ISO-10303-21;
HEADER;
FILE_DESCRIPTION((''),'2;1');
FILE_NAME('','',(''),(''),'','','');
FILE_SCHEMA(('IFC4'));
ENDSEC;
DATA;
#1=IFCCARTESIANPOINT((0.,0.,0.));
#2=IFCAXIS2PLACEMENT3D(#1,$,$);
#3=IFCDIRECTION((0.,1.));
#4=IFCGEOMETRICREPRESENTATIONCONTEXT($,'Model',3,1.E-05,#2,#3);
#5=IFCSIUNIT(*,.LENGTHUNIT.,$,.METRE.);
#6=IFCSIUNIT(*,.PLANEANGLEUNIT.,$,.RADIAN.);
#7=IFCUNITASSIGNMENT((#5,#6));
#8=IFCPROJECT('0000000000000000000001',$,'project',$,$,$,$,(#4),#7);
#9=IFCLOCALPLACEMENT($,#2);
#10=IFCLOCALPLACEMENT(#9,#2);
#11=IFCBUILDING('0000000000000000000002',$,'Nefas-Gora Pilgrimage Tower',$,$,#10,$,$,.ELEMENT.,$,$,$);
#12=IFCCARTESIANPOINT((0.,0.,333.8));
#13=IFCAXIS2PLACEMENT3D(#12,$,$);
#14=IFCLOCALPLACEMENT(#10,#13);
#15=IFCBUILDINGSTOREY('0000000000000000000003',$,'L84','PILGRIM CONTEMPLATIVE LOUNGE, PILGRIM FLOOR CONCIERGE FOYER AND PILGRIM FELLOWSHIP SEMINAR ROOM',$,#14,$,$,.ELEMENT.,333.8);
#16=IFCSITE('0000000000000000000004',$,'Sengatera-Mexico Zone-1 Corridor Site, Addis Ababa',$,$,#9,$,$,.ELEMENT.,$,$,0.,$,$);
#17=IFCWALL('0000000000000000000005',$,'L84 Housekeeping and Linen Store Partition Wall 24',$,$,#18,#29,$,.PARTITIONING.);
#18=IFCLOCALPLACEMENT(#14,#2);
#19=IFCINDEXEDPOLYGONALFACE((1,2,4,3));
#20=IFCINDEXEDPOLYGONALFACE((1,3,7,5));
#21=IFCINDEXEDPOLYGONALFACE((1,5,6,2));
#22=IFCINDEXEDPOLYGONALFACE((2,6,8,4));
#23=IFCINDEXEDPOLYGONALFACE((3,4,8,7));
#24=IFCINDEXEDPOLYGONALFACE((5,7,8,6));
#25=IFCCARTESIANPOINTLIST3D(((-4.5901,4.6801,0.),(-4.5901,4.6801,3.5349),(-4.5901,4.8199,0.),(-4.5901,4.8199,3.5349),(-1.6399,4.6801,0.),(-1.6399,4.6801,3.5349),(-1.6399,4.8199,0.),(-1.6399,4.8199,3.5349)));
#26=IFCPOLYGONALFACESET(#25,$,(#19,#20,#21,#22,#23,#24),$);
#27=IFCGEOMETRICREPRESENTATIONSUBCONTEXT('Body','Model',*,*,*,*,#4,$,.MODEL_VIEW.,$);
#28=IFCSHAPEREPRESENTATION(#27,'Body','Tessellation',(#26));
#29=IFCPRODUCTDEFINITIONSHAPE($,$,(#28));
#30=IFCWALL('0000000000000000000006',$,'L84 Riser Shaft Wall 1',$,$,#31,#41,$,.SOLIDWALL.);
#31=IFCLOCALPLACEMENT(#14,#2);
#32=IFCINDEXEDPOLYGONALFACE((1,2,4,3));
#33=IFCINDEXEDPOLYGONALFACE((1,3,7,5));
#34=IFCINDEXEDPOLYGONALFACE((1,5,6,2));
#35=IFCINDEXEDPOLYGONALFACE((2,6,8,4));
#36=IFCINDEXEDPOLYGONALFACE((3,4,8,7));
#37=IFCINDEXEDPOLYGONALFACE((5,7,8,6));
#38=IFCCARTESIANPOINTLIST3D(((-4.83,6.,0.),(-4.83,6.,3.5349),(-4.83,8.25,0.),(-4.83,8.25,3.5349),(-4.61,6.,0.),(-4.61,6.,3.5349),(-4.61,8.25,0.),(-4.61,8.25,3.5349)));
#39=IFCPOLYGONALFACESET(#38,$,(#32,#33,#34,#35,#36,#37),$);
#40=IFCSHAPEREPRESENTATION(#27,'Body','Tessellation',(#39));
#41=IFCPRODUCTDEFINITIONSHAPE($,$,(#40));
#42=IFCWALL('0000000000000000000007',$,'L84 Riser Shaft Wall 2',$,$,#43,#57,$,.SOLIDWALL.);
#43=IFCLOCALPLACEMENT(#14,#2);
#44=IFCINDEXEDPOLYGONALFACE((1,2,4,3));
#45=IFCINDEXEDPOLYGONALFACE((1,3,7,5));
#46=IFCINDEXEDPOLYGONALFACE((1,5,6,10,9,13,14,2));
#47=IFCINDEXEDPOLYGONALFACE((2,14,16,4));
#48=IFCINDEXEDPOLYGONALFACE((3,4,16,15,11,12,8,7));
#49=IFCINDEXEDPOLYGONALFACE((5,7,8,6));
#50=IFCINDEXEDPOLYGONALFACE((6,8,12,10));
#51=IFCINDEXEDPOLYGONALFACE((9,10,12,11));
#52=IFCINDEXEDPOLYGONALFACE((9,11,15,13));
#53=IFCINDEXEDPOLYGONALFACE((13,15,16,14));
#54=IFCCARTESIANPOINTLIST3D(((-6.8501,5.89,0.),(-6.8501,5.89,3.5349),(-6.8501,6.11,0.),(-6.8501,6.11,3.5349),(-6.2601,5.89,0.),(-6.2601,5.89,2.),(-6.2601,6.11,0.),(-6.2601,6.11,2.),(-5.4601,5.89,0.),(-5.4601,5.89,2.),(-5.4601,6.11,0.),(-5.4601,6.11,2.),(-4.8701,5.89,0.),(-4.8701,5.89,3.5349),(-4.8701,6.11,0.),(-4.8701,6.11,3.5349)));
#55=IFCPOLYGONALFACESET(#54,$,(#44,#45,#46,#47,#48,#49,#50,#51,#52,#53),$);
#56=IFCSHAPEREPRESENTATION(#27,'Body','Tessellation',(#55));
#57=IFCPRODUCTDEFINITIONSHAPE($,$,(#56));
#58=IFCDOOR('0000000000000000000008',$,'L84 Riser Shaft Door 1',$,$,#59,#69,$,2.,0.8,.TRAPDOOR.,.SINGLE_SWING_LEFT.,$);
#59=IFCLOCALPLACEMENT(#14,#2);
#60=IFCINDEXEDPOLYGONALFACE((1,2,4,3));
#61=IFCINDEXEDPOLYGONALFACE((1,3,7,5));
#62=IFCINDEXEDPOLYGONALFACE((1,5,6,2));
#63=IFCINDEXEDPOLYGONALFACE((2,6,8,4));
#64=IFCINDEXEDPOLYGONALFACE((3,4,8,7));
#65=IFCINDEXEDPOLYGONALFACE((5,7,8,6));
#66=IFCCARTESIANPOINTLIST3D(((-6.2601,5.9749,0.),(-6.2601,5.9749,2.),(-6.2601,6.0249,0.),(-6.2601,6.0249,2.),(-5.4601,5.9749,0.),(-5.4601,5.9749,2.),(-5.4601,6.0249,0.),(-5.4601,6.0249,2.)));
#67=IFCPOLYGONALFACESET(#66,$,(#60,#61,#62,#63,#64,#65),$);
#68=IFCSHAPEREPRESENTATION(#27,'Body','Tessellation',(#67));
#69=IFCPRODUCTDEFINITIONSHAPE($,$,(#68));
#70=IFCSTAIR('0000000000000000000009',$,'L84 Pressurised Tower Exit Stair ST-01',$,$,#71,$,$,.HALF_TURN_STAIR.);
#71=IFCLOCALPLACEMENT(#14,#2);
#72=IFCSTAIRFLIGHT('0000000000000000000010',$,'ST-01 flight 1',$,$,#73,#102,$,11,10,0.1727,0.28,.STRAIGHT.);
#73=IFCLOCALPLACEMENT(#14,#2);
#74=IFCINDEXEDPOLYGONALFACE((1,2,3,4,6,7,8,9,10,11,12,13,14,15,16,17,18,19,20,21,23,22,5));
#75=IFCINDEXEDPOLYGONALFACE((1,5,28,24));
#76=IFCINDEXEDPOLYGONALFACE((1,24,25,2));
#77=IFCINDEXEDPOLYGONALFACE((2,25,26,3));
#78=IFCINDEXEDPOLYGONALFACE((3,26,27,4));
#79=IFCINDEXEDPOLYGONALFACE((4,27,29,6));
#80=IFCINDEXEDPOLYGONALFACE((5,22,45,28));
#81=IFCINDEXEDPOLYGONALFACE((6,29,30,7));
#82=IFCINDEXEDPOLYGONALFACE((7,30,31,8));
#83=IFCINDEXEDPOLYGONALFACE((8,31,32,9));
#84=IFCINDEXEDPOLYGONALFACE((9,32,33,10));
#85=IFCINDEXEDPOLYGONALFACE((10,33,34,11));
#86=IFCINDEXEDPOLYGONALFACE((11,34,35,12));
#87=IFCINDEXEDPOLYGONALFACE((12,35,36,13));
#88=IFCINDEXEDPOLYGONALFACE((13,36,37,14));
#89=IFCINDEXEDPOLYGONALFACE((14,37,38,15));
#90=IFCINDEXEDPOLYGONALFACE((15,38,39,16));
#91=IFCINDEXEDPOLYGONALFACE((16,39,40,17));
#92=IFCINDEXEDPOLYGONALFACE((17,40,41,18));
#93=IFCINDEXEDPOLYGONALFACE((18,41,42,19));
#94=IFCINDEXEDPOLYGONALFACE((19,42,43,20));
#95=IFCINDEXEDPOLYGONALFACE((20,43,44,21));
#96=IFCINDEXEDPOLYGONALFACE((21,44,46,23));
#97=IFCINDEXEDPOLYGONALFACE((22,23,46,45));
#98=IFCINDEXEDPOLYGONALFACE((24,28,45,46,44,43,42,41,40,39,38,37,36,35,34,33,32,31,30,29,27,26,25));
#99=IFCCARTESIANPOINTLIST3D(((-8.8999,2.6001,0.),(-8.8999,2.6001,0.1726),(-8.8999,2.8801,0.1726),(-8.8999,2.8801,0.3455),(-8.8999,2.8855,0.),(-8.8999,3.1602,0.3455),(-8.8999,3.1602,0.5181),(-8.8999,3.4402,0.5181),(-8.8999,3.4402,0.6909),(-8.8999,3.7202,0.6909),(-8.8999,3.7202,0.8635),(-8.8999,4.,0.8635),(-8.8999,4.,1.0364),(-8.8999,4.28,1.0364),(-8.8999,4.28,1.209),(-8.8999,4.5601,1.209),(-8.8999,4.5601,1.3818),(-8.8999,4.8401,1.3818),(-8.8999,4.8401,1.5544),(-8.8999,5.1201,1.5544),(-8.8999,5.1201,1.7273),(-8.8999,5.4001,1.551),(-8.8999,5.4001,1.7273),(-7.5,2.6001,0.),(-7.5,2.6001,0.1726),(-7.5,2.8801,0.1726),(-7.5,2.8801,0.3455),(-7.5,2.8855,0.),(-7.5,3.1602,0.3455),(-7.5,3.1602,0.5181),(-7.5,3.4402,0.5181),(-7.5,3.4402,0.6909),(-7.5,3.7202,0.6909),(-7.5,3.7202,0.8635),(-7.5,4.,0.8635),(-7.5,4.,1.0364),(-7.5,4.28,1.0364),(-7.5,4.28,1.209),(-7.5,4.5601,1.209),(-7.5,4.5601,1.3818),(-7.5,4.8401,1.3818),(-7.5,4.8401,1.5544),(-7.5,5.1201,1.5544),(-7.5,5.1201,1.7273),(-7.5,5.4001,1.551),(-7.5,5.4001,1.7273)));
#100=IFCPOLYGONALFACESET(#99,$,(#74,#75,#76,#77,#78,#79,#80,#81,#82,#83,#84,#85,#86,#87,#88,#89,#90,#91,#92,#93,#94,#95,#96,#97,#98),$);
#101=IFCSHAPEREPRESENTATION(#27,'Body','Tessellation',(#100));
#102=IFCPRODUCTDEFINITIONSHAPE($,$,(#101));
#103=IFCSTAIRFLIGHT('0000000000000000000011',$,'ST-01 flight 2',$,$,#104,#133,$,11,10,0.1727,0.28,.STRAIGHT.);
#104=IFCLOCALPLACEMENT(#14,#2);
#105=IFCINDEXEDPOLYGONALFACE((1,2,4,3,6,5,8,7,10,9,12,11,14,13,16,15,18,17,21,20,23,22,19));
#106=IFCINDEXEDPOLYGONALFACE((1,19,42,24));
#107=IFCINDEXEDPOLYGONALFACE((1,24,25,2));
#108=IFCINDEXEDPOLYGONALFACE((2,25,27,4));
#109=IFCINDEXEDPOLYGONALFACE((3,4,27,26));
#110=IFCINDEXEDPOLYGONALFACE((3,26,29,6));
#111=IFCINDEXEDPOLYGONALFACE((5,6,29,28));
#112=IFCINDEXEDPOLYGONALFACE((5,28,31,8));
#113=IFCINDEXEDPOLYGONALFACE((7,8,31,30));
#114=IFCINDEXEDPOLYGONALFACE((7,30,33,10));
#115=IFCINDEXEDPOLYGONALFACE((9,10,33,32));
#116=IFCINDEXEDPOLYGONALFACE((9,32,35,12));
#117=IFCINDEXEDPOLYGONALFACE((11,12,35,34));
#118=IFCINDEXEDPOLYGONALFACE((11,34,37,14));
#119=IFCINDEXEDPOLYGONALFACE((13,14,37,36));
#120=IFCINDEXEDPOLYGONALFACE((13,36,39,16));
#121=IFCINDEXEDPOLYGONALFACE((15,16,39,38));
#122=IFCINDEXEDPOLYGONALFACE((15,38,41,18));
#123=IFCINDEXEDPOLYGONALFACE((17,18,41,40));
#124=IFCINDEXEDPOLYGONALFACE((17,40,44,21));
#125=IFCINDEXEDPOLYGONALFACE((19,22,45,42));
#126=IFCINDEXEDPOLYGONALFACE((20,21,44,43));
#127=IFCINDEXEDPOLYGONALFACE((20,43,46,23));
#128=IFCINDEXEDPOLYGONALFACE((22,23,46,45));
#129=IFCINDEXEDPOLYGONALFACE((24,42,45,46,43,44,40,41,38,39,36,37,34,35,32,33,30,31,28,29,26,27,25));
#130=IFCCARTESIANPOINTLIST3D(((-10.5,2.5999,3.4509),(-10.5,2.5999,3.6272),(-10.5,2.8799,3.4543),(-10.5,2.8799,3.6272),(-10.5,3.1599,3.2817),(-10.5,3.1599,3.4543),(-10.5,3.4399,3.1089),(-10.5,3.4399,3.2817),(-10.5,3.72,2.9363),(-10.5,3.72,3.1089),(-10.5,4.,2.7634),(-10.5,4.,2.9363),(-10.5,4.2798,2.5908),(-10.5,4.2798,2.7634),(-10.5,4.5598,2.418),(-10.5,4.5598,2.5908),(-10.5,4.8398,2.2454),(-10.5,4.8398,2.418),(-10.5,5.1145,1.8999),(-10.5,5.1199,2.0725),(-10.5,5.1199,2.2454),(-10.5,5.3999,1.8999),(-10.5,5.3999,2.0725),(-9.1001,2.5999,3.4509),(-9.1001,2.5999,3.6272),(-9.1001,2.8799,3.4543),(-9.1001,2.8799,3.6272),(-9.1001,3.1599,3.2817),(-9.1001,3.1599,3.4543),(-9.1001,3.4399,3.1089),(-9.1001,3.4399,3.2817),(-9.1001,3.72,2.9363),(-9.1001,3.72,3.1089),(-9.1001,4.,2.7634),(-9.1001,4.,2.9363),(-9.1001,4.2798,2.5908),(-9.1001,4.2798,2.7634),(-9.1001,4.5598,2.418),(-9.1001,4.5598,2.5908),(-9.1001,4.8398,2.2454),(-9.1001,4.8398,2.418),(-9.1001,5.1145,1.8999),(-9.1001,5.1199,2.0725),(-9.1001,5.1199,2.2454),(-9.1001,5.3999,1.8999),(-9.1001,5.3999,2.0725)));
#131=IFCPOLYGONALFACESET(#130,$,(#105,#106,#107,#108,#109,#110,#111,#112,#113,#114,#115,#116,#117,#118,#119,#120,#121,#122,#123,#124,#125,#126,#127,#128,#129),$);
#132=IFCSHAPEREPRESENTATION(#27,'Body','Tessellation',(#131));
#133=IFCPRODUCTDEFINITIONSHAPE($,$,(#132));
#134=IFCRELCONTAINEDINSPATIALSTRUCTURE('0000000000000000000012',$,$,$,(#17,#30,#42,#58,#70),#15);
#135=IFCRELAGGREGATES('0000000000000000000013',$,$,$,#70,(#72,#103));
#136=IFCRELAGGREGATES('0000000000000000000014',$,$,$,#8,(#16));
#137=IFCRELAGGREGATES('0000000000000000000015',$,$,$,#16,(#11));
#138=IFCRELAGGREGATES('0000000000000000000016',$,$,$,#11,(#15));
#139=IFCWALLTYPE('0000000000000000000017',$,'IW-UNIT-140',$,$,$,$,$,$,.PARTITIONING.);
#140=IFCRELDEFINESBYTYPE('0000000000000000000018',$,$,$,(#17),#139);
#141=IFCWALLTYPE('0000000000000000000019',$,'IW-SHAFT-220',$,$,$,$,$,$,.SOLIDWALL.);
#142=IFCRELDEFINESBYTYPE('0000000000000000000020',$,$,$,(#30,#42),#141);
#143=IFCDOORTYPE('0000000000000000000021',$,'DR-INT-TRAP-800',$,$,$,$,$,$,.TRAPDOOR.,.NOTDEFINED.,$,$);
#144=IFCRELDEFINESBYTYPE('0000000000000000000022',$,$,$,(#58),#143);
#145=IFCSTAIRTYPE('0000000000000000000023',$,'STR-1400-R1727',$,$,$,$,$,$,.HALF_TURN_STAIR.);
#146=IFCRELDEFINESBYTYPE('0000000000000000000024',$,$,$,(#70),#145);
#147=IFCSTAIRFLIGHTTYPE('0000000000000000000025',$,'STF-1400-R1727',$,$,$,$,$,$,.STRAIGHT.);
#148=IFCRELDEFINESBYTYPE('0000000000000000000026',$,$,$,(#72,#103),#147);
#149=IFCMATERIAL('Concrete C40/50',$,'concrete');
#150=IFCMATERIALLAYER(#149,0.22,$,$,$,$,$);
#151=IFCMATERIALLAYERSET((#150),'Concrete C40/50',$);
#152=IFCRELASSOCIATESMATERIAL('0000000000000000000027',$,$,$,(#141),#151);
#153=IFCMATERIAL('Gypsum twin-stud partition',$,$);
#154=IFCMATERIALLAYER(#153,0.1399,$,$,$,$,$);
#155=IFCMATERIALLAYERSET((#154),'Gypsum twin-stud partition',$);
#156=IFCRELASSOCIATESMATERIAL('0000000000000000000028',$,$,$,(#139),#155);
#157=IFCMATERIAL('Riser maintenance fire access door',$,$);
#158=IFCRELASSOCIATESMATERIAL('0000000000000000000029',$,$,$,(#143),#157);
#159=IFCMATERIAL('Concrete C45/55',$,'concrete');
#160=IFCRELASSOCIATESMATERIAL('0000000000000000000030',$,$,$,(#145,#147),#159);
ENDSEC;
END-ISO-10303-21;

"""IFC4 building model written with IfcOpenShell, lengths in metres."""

from ifc_helpers import new_model, si_unit, direction, frame, frame_2d, origin, place, context, subcontext, project, spatial, polyline, rectangle, outline, extrude, source, transform, mapped, material, layer, layer_set, type_object, element, fill, aggregate, save


model = new_model("IFC4")

# Units and contexts
model_context = context("Model", 3, precision=1e-05, world=origin(), true_north=direction((0.0, 1.0)))
body_context = subcontext(model_context, "Body", "Model", "MODEL_VIEW")
ifc_project = project(units=[si_unit("LENGTHUNIT", "METRE"), si_unit("PLANEANGLEUNIT", "RADIAN")], contexts=[model_context])

# Site, building, storey
site_placement = place(None, origin())
site = spatial("IfcSite", under=ifc_project, at=site_placement, Name="Sengatera-Mexico Zone-1 Corridor Site, Addis Ababa", CompositionType="ELEMENT", RefElevation=0.0)
building_placement = place(site_placement, origin())
building = spatial("IfcBuilding", under=site, at=building_placement, Name="Nefas-Gora Pilgrimage Tower", CompositionType="ELEMENT")
storey_placement = place(building_placement, frame((0.0, 0.0, 333.8)))
storey = spatial("IfcBuildingStorey", under=building, at=storey_placement, Name="L84", Description="PILGRIM CONTEMPLATIVE LOUNGE, PILGRIM FLOOR CONCIERGE FOYER AND PILGRIM FELLOWSHIP SEMINAR ROOM", CompositionType="ELEMENT", Elevation=333.8)

# Shared definitions
ifc_material_1 = material(Name="Concrete C45/55", Category="concrete")

# Shared definitions
ifc_material_2 = material(Name="Concrete C40/50", Category="concrete")
ifc_layer_1 = layer(ifc_material_2, 0.22)
ifc_layer_set_1 = layer_set([ifc_layer_1], Name="Concrete C40/50")
wall_type_1 = type_object("IfcWallType", Name="IW-SHAFT-220", PredefinedType="SOLIDWALL", material=ifc_layer_set_1)

# Walls
ifc_material_3 = material(Name="Gypsum twin-stud partition")
ifc_layer_2 = layer(ifc_material_3, 0.1399)
ifc_layer_set_2 = layer_set([ifc_layer_2], Name="Gypsum twin-stud partition")
wall_type_2 = type_object("IfcWallType", Name="IW-UNIT-140", PredefinedType="PARTITIONING", material=ifc_layer_set_2)
shared_shape_1 = source(origin(), body_context, "Body", "SweptSolid", [
    extrude(rectangle(XDim=2.9502, YDim=0.1399, at=frame_2d((1.4751, 0.0))), origin(), (0.0, 0.0, 1.0), 3.5349),
])
wall_1_placement = place(storey_placement, frame((-4.5901, 4.75, 0.0), z_axis=(0.0, 0.0, 1.0), x_axis=(1.0, 0.0, 0.0)))
element("IfcWall", 1, at=wall_1_placement, inside=storey, type_object=wall_type_2, Name="L84 Housekeeping and Linen Store Partition Wall 24", PredefinedType="PARTITIONING", context=body_context, shape_type="MappedRepresentation", body=[
    mapped(shared_shape_1, transform((0.0, 0.0, 0.0), x_axis=(1.0, 0.0, 0.0), y_axis=(0.0, 1.0, 0.0), z_axis=(0.0, 0.0, 1.0), scale=1.0)),
])
shared_shape_2 = source(origin(), body_context, "Body", "SweptSolid", [
    extrude(rectangle(XDim=2.25, YDim=0.22, at=frame_2d((1.125, 0.0))), origin(), (0.0, 0.0, 1.0), 3.5349),
])
wall_2_placement = place(storey_placement, frame((-4.72, 6.0, 0.0), z_axis=(0.0, 0.0, 1.0), x_axis=(0.0, 1.0, 0.0)))
element("IfcWall", 2, at=wall_2_placement, inside=storey, type_object=wall_type_1, Name="L84 Riser Shaft Wall 1", PredefinedType="SOLIDWALL", context=body_context, shape_type="MappedRepresentation", body=[
    mapped(shared_shape_2, transform((0.0, 0.0, 0.0), x_axis=(1.0, 0.0, 0.0), y_axis=(0.0, 1.0, 0.0), z_axis=(0.0, 0.0, 1.0), scale=1.0)),
])

# Wall, opening, door
shared_shape_3 = source(origin(), body_context, "Body", "SweptSolid", [
    extrude(rectangle(XDim=1.98, YDim=0.22, at=frame_2d((0.99, 0.0))), origin(), (0.0, 0.0, 1.0), 3.5349),
])
wall_3_placement = place(storey_placement, frame((-6.8501, 6.0, 0.0), z_axis=(0.0, 0.0, 1.0), x_axis=(1.0, 0.0, 0.0)))
wall_3 = element("IfcWall", 3, at=wall_3_placement, inside=storey, type_object=wall_type_1, Name="L84 Riser Shaft Wall 2", PredefinedType="SOLIDWALL", context=body_context, shape_type="MappedRepresentation", body=[
    mapped(shared_shape_3, transform((0.0, 0.0, 0.0), x_axis=(1.0, 0.0, 0.0), y_axis=(0.0, 1.0, 0.0), z_axis=(0.0, 0.0, 1.0), scale=1.0)),
])
opening_1_placement = place(wall_3_placement, frame((0.5901, 0.0, 0.0)))
opening_1 = element("IfcOpeningElement", 4, at=opening_1_placement, cuts=wall_3, PredefinedType="OPENING", context=body_context, shape_type="SweptSolid", body=[
    extrude(rectangle(XDim=0.8, YDim=2.0, at=frame_2d((0.3999, 1.0))), frame((0.0, 0.1199, 0.0), z_axis=(0.0, -1.0, 0.0), x_axis=(1.0, 0.0, 0.0)), (0.0, 0.0, 1.0), 0.24),
])
ifc_material_4 = material(Name="Riser maintenance fire access door")
door_type_1 = type_object("IfcDoorType", Name="DR-INT-TRAP-800", OperationType="NOTDEFINED", PredefinedType="TRAPDOOR", material=ifc_material_4)
shared_shape_4 = source(origin(), body_context, "Body", "SweptSolid", [
    extrude(rectangle(XDim=0.8, YDim=2.0, at=frame_2d((0.3999, 1.0))), frame((0.0, 0.0249, 0.0), z_axis=(0.0, -1.0, 0.0), x_axis=(1.0, 0.0, 0.0)), (0.0, 0.0, 1.0), 0.05),
])
door_1_placement = place(opening_1_placement, origin())
door_1 = element("IfcDoor", 5, at=door_1_placement, inside=storey, type_object=door_type_1, Name="L84 Riser Shaft Door 1", OperationType="SINGLE_SWING_LEFT", OverallHeight=2.0, OverallWidth=0.8, PredefinedType="TRAPDOOR", context=body_context, shape_type="MappedRepresentation", body=[
    mapped(shared_shape_4, transform((0.0, 0.0, 0.0), x_axis=(1.0, 0.0, 0.0), y_axis=(0.0, 1.0, 0.0), z_axis=(0.0, 0.0, 1.0), scale=1.0)),
])
fill(opening_1, door_1)

# Stair, stair flights
stair_type = type_object("IfcStairType", Name="STR-1400-R1727", PredefinedType="HALF_TURN_STAIR", material=ifc_material_1)
stair_placement = place(storey_placement, origin())
stair = element("IfcStair", 6, at=stair_placement, inside=storey, type_object=stair_type, Name="L84 Pressurised Tower Exit Stair ST-01", PredefinedType="HALF_TURN_STAIR")
stair_flight_type = type_object("IfcStairFlightType", Name="STF-1400-R1727", PredefinedType="STRAIGHT", material=ifc_material_1)
shared_shape_5 = source(origin(), body_context, "Body", "SweptSolid", [
    extrude(outline(polyline([(0.0, 0.0), (0.0, 0.1726), (0.28, 0.1726), (0.28, 0.3455), (0.5601, 0.3455), (0.5601, 0.5181), (0.8401, 0.5181), (0.8401, 0.6909), (1.1201, 0.6909), (1.1201, 0.8635), (1.3999, 0.8635), (1.3999, 1.0364), (1.6799, 1.0364), (1.6799, 1.209), (1.96, 1.209), (1.96, 1.3818), (2.24, 1.3818), (2.24, 1.5544), (2.52, 1.5544), (2.52, 1.7273), (2.8, 1.7273), (2.8, 1.8999), (2.8, 1.551), (0.2854, 0.0), (0.0, 0.0)])), frame((0.0, 0.7, 0.0), z_axis=(0.0, -1.0, 0.0), x_axis=(1.0, 0.0, 0.0)), (0.0, 0.0, 1.0), 1.3999),
])
stair_flight_1_placement = place(storey_placement, frame((-8.2, 2.6001, 0.0), z_axis=(0.0, 0.0, 1.0), x_axis=(0.0, 1.0, 0.0)))
stair_flight_1 = element("IfcStairFlight", 7, at=stair_flight_1_placement, type_object=stair_flight_type, Name="ST-01 flight 1", NumberOfRisers=11, NumberOfTreads=10, PredefinedType="STRAIGHT", RiserHeight=0.1727, TreadLength=0.28, context=body_context, shape_type="MappedRepresentation", body=[
    mapped(shared_shape_5, transform((0.0, 0.0, 0.0), x_axis=(1.0, 0.0, 0.0), y_axis=(0.0, 1.0, 0.0), z_axis=(0.0, 0.0, 1.0), scale=1.0)),
])
stair_flight_2_placement = place(storey_placement, frame((-9.8, 5.3999, 1.8999), z_axis=(0.0, 0.0, 1.0), x_axis=(0.0, -1.0, 0.0)))
stair_flight_2 = element("IfcStairFlight", 8, at=stair_flight_2_placement, type_object=stair_flight_type, Name="ST-01 flight 2", NumberOfRisers=11, NumberOfTreads=10, PredefinedType="STRAIGHT", RiserHeight=0.1727, TreadLength=0.28, context=body_context, shape_type="MappedRepresentation", body=[
    mapped(shared_shape_5, transform((0.0, 0.0, 0.0), x_axis=(1.0, 0.0, 0.0), y_axis=(0.0, 1.0, 0.0), z_axis=(0.0, 0.0, 1.0), scale=1.0)),
])
aggregate(stair, [stair_flight_1, stair_flight_2])

save(model, "model.ifc")
